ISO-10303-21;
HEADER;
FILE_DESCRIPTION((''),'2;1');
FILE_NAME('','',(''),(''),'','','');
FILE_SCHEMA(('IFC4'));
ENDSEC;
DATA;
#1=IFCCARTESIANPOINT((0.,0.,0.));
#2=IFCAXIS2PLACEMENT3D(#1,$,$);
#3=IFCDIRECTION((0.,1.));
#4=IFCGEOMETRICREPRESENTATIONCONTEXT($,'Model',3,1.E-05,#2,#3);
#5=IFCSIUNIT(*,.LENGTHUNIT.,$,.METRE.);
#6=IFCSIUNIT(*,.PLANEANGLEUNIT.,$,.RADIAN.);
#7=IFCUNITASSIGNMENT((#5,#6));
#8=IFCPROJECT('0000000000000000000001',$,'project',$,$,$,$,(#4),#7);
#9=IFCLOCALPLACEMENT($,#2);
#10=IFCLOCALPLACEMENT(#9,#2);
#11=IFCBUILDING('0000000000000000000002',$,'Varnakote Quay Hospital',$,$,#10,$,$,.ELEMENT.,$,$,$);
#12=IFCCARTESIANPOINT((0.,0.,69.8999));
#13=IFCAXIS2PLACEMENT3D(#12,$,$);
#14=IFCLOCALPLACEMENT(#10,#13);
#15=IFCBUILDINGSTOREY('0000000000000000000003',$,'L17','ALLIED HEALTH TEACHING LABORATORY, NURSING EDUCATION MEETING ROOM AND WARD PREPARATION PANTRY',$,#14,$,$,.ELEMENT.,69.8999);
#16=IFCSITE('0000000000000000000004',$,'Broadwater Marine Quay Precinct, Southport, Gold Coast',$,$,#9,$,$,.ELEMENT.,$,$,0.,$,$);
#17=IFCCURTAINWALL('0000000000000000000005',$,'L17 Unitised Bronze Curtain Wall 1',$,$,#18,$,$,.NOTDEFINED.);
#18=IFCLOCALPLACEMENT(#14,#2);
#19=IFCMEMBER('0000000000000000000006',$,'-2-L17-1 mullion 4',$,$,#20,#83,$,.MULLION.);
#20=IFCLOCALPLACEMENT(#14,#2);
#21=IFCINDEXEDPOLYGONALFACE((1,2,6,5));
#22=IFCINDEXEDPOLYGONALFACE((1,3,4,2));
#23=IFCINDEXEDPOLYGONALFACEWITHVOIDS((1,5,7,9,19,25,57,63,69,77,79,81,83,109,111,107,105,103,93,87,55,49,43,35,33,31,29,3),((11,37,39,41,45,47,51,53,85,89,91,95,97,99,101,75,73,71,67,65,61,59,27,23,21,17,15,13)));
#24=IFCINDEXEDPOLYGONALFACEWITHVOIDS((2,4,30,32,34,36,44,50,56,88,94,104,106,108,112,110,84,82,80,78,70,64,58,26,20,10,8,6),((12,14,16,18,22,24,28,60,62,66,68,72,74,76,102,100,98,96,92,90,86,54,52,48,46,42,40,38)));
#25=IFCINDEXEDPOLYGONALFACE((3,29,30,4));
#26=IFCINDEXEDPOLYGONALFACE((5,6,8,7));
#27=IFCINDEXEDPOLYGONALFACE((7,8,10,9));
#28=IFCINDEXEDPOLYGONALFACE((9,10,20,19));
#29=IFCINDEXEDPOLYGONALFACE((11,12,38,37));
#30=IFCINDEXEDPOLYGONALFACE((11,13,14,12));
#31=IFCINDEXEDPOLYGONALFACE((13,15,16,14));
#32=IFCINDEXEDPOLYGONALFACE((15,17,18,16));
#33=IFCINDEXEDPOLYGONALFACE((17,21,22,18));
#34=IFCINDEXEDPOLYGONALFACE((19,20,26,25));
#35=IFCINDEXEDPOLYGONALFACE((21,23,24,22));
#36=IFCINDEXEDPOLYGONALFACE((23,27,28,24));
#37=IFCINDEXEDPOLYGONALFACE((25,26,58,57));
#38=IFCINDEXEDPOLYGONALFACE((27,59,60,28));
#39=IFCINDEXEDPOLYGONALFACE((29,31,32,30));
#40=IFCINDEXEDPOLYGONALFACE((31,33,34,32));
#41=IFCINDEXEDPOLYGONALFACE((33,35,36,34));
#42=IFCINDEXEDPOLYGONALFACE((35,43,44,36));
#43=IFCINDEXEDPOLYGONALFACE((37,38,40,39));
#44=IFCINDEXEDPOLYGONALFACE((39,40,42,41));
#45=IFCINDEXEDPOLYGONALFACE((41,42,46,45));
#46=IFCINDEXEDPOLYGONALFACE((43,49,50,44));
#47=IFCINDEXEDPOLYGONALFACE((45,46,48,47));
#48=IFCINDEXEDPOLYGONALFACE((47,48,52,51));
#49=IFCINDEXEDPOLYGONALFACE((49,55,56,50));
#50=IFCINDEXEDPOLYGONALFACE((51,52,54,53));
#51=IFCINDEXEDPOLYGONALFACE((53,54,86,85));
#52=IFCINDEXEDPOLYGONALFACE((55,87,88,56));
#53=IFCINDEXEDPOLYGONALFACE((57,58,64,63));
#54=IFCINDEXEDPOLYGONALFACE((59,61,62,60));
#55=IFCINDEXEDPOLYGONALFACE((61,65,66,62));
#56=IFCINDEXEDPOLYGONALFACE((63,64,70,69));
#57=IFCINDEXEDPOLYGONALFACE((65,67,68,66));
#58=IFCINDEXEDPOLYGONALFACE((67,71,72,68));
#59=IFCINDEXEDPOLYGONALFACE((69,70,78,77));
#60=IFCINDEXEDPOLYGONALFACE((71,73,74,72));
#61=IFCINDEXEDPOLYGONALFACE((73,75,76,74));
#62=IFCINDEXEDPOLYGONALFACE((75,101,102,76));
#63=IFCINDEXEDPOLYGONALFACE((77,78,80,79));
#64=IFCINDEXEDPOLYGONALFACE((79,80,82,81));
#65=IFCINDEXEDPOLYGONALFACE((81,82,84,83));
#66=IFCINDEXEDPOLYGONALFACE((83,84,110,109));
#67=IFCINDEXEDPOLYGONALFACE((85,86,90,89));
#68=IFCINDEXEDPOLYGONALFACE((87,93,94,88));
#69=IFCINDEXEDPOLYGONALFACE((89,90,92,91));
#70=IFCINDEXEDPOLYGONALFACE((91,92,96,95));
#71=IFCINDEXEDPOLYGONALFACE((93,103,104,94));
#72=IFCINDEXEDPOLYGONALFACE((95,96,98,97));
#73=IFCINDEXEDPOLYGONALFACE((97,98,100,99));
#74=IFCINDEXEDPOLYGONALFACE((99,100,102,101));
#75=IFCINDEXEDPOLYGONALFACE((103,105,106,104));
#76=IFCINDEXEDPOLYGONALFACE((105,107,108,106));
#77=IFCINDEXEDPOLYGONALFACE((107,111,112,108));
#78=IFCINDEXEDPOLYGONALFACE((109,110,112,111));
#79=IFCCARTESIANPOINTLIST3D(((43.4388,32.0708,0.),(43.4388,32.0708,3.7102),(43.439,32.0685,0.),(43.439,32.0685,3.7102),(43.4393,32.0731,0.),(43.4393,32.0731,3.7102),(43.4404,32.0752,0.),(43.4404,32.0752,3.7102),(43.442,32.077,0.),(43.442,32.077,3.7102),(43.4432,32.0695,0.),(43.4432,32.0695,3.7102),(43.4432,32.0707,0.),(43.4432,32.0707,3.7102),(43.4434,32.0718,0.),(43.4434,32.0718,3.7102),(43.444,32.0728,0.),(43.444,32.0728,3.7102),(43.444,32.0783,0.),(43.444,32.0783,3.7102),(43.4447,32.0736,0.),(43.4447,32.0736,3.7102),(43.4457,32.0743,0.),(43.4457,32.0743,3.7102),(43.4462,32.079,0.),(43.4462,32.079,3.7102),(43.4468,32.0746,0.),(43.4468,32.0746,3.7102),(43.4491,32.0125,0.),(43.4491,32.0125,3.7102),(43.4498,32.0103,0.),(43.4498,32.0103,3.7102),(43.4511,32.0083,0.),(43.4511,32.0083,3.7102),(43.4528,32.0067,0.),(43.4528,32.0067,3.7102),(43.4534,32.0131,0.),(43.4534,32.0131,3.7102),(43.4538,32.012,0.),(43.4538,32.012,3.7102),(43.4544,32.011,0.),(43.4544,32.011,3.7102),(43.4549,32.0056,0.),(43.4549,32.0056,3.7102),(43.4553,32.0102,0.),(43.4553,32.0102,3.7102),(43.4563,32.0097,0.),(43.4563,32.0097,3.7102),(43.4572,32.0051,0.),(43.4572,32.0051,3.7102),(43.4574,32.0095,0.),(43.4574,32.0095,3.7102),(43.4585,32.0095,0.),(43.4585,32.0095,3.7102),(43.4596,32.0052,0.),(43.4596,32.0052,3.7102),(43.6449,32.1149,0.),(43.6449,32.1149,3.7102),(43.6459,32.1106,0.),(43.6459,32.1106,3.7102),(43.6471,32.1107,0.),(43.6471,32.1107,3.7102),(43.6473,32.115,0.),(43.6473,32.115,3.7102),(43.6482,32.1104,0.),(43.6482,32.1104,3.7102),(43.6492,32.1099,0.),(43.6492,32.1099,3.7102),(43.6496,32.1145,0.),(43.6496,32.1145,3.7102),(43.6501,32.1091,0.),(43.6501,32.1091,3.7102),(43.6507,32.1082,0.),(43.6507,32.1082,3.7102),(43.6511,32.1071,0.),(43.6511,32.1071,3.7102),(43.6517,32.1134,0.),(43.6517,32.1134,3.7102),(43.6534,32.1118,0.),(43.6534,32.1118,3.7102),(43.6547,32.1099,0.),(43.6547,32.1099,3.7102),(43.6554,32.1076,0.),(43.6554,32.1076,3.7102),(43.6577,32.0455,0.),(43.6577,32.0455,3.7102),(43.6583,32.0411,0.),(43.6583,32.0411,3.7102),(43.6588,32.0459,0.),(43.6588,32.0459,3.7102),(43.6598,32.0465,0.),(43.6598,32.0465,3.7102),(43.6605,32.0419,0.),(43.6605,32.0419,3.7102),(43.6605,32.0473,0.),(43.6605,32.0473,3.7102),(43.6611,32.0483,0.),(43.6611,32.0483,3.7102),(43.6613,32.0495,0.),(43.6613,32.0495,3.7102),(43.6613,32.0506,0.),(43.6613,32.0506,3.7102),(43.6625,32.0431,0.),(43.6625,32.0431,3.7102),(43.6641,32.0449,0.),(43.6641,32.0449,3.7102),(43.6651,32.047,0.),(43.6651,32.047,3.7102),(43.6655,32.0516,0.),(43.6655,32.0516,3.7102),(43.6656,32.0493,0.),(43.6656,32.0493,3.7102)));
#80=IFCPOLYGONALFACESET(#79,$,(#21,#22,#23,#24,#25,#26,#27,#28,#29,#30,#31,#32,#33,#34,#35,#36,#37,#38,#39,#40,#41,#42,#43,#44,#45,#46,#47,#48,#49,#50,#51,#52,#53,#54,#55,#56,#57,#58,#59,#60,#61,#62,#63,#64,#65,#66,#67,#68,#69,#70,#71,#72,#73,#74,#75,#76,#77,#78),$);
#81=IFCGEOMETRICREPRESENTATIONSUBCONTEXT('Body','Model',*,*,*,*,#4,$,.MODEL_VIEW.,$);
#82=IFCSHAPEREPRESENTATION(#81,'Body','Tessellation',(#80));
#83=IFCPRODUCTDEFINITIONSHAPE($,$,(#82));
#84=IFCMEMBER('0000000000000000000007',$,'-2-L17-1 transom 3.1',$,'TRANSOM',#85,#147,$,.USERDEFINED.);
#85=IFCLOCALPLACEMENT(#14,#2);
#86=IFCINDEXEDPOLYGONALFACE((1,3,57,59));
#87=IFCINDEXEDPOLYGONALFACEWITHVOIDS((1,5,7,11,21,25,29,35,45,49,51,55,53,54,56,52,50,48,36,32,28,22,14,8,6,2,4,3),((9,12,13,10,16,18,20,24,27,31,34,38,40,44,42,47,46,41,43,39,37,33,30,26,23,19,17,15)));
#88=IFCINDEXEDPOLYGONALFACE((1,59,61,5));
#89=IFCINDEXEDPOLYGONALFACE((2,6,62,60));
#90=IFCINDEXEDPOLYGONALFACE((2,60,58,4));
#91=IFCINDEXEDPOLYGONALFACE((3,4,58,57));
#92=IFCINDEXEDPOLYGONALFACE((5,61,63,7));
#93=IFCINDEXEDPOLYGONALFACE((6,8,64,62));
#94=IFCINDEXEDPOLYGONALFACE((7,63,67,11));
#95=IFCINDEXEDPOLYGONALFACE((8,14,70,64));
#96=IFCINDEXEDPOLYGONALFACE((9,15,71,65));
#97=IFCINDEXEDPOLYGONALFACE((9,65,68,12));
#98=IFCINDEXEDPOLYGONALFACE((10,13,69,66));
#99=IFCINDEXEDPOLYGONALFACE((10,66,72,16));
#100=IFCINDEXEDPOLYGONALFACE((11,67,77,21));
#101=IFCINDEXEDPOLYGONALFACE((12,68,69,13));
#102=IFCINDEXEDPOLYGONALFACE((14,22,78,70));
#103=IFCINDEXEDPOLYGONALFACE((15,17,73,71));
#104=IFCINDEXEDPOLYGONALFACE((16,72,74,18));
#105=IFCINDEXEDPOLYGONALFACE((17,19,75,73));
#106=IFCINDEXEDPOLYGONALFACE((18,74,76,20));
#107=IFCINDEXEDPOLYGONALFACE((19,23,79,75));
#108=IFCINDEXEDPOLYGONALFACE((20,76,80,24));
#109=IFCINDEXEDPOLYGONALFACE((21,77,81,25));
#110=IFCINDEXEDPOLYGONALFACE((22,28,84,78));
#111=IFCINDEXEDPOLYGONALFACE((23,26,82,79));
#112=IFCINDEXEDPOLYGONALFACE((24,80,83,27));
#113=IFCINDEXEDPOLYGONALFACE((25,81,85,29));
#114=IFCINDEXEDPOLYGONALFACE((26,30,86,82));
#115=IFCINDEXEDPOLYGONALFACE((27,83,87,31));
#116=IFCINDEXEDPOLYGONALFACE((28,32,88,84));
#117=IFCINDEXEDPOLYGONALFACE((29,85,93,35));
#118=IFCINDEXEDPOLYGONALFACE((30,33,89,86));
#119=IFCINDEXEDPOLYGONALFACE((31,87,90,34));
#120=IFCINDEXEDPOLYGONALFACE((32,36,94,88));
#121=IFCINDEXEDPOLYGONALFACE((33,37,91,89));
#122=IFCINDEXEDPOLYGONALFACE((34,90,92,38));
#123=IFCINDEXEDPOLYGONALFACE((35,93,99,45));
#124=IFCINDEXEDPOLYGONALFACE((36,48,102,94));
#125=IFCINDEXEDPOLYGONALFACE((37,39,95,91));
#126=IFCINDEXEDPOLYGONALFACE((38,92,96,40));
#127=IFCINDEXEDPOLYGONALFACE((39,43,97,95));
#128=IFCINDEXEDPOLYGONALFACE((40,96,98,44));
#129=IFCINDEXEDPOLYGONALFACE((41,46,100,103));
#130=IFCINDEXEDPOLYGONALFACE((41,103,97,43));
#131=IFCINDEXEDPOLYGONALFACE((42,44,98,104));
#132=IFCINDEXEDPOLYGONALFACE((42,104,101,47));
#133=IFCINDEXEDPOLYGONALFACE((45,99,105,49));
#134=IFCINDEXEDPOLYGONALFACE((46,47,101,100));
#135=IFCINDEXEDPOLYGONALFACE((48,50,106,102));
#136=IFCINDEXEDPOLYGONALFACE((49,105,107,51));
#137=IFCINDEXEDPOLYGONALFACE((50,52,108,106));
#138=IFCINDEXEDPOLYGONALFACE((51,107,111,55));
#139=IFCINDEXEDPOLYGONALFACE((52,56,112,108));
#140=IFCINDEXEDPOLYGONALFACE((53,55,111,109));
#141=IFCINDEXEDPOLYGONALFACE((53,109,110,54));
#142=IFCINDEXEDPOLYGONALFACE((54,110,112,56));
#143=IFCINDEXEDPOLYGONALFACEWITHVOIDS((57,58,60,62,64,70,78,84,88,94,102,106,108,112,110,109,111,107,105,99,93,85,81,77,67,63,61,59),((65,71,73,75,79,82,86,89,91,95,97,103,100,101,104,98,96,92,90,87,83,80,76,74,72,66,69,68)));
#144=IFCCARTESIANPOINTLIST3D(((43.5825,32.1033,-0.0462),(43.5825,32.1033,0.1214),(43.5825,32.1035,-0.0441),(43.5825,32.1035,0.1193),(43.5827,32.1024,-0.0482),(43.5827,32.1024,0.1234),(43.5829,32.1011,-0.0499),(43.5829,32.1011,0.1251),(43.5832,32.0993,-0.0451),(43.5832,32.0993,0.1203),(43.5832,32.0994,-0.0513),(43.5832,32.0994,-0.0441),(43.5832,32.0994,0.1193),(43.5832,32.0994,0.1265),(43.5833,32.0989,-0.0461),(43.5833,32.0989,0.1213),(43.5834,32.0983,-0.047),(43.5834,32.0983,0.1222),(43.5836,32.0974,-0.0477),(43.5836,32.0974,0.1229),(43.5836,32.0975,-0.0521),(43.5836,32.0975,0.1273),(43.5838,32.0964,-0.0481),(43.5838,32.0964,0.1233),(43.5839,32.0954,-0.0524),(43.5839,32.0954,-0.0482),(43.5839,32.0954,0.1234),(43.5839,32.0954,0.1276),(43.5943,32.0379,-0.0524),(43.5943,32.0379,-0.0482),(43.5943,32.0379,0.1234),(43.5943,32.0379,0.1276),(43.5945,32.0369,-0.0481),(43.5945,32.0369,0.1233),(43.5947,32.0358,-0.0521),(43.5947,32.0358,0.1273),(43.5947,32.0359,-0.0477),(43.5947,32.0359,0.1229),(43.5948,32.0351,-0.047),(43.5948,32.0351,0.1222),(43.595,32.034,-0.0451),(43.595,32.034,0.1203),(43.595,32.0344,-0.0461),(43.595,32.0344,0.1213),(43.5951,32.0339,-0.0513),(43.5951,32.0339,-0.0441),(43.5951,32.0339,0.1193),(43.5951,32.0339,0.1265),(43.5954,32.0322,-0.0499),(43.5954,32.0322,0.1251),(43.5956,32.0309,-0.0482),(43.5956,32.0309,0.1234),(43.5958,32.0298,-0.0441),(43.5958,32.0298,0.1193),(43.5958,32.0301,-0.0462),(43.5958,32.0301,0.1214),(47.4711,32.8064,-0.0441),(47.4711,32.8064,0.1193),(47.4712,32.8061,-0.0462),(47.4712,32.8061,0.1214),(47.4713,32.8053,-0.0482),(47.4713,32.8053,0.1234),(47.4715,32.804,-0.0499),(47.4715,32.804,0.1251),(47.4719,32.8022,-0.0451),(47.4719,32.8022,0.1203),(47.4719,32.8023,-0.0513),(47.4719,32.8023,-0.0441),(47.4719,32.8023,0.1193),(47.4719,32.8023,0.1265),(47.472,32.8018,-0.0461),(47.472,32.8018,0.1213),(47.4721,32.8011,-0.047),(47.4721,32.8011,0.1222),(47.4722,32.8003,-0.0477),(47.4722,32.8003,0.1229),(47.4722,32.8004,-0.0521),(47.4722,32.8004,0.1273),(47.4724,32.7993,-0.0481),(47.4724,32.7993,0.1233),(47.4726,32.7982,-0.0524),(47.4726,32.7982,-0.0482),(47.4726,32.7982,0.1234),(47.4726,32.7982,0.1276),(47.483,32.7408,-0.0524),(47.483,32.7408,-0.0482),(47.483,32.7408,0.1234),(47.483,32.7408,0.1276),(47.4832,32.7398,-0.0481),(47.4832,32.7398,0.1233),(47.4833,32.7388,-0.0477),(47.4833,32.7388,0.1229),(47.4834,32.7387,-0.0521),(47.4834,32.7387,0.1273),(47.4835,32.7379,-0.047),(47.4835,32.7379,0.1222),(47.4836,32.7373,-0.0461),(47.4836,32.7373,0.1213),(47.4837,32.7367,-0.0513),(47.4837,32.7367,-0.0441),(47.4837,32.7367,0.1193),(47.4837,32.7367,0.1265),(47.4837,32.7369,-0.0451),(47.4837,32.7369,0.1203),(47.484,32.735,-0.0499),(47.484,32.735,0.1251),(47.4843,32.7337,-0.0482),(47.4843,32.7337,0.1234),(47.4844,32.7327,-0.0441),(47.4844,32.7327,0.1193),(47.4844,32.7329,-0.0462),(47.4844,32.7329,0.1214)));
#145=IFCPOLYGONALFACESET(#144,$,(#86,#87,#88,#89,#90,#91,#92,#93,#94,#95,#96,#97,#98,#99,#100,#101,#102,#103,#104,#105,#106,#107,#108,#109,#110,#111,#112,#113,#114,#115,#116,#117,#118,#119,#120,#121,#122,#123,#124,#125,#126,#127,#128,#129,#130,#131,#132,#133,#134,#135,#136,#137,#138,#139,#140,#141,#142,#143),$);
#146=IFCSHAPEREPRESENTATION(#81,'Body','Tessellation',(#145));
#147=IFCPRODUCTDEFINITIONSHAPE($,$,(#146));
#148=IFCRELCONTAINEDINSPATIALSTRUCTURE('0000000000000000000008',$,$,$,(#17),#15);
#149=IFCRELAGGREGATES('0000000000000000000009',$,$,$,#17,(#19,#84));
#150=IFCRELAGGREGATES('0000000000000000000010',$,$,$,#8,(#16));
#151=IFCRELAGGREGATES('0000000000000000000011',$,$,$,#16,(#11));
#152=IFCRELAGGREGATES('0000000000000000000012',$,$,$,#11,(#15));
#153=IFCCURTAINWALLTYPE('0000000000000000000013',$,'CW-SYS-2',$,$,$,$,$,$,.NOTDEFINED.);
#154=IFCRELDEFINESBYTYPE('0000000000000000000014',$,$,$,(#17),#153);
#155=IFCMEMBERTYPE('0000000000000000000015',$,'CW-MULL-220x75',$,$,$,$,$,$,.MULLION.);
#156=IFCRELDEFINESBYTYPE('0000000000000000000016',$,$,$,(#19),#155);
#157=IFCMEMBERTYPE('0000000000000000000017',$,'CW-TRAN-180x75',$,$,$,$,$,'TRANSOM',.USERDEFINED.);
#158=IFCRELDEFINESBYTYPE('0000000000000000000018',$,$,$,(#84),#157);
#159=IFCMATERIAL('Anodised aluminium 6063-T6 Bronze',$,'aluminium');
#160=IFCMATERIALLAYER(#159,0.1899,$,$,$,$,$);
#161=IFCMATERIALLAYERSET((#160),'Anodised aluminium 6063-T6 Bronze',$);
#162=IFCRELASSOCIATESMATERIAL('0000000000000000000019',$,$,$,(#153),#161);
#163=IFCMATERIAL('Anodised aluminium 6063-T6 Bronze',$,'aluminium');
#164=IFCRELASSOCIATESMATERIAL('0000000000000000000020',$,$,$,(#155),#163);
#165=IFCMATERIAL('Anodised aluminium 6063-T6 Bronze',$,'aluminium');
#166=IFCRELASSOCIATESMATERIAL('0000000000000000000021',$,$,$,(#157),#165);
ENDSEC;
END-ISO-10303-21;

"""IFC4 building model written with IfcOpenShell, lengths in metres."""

from ifc_helpers import new_model, si_unit, direction, frame, origin, origin_2d, place, context, subcontext, project, spatial, hollow_rectangle, extrude, material, layer, layer_set, material_profile, profile_set, type_object, element, aggregate, save


model = new_model("IFC4")

# Units and contexts
model_context = context("Model", 3, precision=1e-05, world=origin(), true_north=direction((0.0, 1.0)))
body_context = subcontext(model_context, "Body", "Model", "MODEL_VIEW")
ifc_project = project(units=[si_unit("LENGTHUNIT", "METRE"), si_unit("PLANEANGLEUNIT", "RADIAN")], contexts=[model_context])

# Site, building, storey
site_placement = place(None, origin())
site = spatial("IfcSite", under=ifc_project, at=site_placement, Name="Broadwater Marine Quay Precinct, Southport, Gold Coast", CompositionType="ELEMENT", RefElevation=0.0)
building_placement = place(site_placement, origin())
building = spatial("IfcBuilding", under=site, at=building_placement, Name="Varnakote Quay Hospital", CompositionType="ELEMENT")
storey_placement = place(building_placement, frame((0.0, 0.0, 69.8999)))
storey = spatial("IfcBuildingStorey", under=building, at=storey_placement, Name="L17", Description="ALLIED HEALTH TEACHING LABORATORY, NURSING EDUCATION MEETING ROOM AND WARD PREPARATION PANTRY", CompositionType="ELEMENT", Elevation=69.8999)

# Curtain wall, members
ifc_material_1 = material(Name="Anodised aluminium 6063-T6 Bronze", Category="aluminium")
ifc_layer_1 = layer(ifc_material_1, 0.1899)
ifc_layer_set_1 = layer_set([ifc_layer_1], Name="Anodised aluminium 6063-T6 Bronze")
curtain_wall_type = type_object("IfcCurtainWallType", Name="CW-SYS-2", PredefinedType="NOTDEFINED", material=ifc_layer_set_1)
curtain_wall_placement = place(storey_placement, origin())
curtain_wall = element("IfcCurtainWall", 1, at=curtain_wall_placement, inside=storey, type_object=curtain_wall_type, Name="L17 Unitised Bronze Curtain Wall 1", PredefinedType="NOTDEFINED")
ifc_material_2 = material(Name="Anodised aluminium 6063-T6 Bronze", Category="aluminium")
ifc_material_profile_1 = material_profile(ifc_material_2, hollow_rectangle(XDim=0.075, YDim=0.22, WallThickness=0.0044, InnerFilletRadius=0.0044, OuterFilletRadius=0.009, at=origin_2d()), Name="CW-MULL-220x75")
ifc_profile_set_1 = profile_set([ifc_material_profile_1], Name="Anodised aluminium 6063-T6 Bronze")
member_type_1 = type_object("IfcMemberType", Name="CW-MULL-220x75", PredefinedType="MULLION", material=ifc_profile_set_1)
member_1_placement = place(storey_placement, frame((43.5522, 32.0601, 0.0), z_axis=(0.0, 0.0, 1.0), x_axis=(0.177846, -0.984058, 0.0)))
member_1 = element("IfcMember", 2, at=member_1_placement, type_object=member_type_1, Name="-2-L17-1 mullion 4", PredefinedType="MULLION", context=body_context, shape_type="SweptSolid", body=[
    extrude(hollow_rectangle(XDim=0.075, YDim=0.22, WallThickness=0.0044, InnerFilletRadius=0.0044, OuterFilletRadius=0.009, at=origin_2d()), origin(), (0.0, 0.0, 1.0), 3.7102),
])
ifc_material_3 = material(Name="Anodised aluminium 6063-T6 Bronze", Category="aluminium")
ifc_material_profile_2 = material_profile(ifc_material_3, hollow_rectangle(XDim=0.075, YDim=0.1799, WallThickness=0.0042, InnerFilletRadius=0.0042, OuterFilletRadius=0.0083, at=origin_2d()), Name="CW-TRAN-180x75")
ifc_profile_set_2 = profile_set([ifc_material_profile_2], Name="Anodised aluminium 6063-T6 Bronze")
member_type_2 = type_object("IfcMemberType", Name="CW-TRAN-180x75", ElementType="TRANSOM", PredefinedType="USERDEFINED", material=ifc_profile_set_2)
member_2_placement = place(storey_placement, frame((47.4778, 32.7695, 0.0376), z_axis=(-0.984054, -0.177869, 0.0), x_axis=(0.177869, -0.984054, 0.0)))
member_2 = element("IfcMember", 3, at=member_2_placement, type_object=member_type_2, Name="-2-L17-1 transom 3.1", ObjectType="TRANSOM", PredefinedType="USERDEFINED", context=body_context, shape_type="SweptSolid", body=[
    extrude(hollow_rectangle(XDim=0.075, YDim=0.1799, WallThickness=0.0042, InnerFilletRadius=0.0042, OuterFilletRadius=0.0083, at=origin_2d()), origin(), (0.0, 0.0, 1.0), 3.9517),
])

aggregate(curtain_wall, [member_1, member_2])

save(model, "model.ifc")
